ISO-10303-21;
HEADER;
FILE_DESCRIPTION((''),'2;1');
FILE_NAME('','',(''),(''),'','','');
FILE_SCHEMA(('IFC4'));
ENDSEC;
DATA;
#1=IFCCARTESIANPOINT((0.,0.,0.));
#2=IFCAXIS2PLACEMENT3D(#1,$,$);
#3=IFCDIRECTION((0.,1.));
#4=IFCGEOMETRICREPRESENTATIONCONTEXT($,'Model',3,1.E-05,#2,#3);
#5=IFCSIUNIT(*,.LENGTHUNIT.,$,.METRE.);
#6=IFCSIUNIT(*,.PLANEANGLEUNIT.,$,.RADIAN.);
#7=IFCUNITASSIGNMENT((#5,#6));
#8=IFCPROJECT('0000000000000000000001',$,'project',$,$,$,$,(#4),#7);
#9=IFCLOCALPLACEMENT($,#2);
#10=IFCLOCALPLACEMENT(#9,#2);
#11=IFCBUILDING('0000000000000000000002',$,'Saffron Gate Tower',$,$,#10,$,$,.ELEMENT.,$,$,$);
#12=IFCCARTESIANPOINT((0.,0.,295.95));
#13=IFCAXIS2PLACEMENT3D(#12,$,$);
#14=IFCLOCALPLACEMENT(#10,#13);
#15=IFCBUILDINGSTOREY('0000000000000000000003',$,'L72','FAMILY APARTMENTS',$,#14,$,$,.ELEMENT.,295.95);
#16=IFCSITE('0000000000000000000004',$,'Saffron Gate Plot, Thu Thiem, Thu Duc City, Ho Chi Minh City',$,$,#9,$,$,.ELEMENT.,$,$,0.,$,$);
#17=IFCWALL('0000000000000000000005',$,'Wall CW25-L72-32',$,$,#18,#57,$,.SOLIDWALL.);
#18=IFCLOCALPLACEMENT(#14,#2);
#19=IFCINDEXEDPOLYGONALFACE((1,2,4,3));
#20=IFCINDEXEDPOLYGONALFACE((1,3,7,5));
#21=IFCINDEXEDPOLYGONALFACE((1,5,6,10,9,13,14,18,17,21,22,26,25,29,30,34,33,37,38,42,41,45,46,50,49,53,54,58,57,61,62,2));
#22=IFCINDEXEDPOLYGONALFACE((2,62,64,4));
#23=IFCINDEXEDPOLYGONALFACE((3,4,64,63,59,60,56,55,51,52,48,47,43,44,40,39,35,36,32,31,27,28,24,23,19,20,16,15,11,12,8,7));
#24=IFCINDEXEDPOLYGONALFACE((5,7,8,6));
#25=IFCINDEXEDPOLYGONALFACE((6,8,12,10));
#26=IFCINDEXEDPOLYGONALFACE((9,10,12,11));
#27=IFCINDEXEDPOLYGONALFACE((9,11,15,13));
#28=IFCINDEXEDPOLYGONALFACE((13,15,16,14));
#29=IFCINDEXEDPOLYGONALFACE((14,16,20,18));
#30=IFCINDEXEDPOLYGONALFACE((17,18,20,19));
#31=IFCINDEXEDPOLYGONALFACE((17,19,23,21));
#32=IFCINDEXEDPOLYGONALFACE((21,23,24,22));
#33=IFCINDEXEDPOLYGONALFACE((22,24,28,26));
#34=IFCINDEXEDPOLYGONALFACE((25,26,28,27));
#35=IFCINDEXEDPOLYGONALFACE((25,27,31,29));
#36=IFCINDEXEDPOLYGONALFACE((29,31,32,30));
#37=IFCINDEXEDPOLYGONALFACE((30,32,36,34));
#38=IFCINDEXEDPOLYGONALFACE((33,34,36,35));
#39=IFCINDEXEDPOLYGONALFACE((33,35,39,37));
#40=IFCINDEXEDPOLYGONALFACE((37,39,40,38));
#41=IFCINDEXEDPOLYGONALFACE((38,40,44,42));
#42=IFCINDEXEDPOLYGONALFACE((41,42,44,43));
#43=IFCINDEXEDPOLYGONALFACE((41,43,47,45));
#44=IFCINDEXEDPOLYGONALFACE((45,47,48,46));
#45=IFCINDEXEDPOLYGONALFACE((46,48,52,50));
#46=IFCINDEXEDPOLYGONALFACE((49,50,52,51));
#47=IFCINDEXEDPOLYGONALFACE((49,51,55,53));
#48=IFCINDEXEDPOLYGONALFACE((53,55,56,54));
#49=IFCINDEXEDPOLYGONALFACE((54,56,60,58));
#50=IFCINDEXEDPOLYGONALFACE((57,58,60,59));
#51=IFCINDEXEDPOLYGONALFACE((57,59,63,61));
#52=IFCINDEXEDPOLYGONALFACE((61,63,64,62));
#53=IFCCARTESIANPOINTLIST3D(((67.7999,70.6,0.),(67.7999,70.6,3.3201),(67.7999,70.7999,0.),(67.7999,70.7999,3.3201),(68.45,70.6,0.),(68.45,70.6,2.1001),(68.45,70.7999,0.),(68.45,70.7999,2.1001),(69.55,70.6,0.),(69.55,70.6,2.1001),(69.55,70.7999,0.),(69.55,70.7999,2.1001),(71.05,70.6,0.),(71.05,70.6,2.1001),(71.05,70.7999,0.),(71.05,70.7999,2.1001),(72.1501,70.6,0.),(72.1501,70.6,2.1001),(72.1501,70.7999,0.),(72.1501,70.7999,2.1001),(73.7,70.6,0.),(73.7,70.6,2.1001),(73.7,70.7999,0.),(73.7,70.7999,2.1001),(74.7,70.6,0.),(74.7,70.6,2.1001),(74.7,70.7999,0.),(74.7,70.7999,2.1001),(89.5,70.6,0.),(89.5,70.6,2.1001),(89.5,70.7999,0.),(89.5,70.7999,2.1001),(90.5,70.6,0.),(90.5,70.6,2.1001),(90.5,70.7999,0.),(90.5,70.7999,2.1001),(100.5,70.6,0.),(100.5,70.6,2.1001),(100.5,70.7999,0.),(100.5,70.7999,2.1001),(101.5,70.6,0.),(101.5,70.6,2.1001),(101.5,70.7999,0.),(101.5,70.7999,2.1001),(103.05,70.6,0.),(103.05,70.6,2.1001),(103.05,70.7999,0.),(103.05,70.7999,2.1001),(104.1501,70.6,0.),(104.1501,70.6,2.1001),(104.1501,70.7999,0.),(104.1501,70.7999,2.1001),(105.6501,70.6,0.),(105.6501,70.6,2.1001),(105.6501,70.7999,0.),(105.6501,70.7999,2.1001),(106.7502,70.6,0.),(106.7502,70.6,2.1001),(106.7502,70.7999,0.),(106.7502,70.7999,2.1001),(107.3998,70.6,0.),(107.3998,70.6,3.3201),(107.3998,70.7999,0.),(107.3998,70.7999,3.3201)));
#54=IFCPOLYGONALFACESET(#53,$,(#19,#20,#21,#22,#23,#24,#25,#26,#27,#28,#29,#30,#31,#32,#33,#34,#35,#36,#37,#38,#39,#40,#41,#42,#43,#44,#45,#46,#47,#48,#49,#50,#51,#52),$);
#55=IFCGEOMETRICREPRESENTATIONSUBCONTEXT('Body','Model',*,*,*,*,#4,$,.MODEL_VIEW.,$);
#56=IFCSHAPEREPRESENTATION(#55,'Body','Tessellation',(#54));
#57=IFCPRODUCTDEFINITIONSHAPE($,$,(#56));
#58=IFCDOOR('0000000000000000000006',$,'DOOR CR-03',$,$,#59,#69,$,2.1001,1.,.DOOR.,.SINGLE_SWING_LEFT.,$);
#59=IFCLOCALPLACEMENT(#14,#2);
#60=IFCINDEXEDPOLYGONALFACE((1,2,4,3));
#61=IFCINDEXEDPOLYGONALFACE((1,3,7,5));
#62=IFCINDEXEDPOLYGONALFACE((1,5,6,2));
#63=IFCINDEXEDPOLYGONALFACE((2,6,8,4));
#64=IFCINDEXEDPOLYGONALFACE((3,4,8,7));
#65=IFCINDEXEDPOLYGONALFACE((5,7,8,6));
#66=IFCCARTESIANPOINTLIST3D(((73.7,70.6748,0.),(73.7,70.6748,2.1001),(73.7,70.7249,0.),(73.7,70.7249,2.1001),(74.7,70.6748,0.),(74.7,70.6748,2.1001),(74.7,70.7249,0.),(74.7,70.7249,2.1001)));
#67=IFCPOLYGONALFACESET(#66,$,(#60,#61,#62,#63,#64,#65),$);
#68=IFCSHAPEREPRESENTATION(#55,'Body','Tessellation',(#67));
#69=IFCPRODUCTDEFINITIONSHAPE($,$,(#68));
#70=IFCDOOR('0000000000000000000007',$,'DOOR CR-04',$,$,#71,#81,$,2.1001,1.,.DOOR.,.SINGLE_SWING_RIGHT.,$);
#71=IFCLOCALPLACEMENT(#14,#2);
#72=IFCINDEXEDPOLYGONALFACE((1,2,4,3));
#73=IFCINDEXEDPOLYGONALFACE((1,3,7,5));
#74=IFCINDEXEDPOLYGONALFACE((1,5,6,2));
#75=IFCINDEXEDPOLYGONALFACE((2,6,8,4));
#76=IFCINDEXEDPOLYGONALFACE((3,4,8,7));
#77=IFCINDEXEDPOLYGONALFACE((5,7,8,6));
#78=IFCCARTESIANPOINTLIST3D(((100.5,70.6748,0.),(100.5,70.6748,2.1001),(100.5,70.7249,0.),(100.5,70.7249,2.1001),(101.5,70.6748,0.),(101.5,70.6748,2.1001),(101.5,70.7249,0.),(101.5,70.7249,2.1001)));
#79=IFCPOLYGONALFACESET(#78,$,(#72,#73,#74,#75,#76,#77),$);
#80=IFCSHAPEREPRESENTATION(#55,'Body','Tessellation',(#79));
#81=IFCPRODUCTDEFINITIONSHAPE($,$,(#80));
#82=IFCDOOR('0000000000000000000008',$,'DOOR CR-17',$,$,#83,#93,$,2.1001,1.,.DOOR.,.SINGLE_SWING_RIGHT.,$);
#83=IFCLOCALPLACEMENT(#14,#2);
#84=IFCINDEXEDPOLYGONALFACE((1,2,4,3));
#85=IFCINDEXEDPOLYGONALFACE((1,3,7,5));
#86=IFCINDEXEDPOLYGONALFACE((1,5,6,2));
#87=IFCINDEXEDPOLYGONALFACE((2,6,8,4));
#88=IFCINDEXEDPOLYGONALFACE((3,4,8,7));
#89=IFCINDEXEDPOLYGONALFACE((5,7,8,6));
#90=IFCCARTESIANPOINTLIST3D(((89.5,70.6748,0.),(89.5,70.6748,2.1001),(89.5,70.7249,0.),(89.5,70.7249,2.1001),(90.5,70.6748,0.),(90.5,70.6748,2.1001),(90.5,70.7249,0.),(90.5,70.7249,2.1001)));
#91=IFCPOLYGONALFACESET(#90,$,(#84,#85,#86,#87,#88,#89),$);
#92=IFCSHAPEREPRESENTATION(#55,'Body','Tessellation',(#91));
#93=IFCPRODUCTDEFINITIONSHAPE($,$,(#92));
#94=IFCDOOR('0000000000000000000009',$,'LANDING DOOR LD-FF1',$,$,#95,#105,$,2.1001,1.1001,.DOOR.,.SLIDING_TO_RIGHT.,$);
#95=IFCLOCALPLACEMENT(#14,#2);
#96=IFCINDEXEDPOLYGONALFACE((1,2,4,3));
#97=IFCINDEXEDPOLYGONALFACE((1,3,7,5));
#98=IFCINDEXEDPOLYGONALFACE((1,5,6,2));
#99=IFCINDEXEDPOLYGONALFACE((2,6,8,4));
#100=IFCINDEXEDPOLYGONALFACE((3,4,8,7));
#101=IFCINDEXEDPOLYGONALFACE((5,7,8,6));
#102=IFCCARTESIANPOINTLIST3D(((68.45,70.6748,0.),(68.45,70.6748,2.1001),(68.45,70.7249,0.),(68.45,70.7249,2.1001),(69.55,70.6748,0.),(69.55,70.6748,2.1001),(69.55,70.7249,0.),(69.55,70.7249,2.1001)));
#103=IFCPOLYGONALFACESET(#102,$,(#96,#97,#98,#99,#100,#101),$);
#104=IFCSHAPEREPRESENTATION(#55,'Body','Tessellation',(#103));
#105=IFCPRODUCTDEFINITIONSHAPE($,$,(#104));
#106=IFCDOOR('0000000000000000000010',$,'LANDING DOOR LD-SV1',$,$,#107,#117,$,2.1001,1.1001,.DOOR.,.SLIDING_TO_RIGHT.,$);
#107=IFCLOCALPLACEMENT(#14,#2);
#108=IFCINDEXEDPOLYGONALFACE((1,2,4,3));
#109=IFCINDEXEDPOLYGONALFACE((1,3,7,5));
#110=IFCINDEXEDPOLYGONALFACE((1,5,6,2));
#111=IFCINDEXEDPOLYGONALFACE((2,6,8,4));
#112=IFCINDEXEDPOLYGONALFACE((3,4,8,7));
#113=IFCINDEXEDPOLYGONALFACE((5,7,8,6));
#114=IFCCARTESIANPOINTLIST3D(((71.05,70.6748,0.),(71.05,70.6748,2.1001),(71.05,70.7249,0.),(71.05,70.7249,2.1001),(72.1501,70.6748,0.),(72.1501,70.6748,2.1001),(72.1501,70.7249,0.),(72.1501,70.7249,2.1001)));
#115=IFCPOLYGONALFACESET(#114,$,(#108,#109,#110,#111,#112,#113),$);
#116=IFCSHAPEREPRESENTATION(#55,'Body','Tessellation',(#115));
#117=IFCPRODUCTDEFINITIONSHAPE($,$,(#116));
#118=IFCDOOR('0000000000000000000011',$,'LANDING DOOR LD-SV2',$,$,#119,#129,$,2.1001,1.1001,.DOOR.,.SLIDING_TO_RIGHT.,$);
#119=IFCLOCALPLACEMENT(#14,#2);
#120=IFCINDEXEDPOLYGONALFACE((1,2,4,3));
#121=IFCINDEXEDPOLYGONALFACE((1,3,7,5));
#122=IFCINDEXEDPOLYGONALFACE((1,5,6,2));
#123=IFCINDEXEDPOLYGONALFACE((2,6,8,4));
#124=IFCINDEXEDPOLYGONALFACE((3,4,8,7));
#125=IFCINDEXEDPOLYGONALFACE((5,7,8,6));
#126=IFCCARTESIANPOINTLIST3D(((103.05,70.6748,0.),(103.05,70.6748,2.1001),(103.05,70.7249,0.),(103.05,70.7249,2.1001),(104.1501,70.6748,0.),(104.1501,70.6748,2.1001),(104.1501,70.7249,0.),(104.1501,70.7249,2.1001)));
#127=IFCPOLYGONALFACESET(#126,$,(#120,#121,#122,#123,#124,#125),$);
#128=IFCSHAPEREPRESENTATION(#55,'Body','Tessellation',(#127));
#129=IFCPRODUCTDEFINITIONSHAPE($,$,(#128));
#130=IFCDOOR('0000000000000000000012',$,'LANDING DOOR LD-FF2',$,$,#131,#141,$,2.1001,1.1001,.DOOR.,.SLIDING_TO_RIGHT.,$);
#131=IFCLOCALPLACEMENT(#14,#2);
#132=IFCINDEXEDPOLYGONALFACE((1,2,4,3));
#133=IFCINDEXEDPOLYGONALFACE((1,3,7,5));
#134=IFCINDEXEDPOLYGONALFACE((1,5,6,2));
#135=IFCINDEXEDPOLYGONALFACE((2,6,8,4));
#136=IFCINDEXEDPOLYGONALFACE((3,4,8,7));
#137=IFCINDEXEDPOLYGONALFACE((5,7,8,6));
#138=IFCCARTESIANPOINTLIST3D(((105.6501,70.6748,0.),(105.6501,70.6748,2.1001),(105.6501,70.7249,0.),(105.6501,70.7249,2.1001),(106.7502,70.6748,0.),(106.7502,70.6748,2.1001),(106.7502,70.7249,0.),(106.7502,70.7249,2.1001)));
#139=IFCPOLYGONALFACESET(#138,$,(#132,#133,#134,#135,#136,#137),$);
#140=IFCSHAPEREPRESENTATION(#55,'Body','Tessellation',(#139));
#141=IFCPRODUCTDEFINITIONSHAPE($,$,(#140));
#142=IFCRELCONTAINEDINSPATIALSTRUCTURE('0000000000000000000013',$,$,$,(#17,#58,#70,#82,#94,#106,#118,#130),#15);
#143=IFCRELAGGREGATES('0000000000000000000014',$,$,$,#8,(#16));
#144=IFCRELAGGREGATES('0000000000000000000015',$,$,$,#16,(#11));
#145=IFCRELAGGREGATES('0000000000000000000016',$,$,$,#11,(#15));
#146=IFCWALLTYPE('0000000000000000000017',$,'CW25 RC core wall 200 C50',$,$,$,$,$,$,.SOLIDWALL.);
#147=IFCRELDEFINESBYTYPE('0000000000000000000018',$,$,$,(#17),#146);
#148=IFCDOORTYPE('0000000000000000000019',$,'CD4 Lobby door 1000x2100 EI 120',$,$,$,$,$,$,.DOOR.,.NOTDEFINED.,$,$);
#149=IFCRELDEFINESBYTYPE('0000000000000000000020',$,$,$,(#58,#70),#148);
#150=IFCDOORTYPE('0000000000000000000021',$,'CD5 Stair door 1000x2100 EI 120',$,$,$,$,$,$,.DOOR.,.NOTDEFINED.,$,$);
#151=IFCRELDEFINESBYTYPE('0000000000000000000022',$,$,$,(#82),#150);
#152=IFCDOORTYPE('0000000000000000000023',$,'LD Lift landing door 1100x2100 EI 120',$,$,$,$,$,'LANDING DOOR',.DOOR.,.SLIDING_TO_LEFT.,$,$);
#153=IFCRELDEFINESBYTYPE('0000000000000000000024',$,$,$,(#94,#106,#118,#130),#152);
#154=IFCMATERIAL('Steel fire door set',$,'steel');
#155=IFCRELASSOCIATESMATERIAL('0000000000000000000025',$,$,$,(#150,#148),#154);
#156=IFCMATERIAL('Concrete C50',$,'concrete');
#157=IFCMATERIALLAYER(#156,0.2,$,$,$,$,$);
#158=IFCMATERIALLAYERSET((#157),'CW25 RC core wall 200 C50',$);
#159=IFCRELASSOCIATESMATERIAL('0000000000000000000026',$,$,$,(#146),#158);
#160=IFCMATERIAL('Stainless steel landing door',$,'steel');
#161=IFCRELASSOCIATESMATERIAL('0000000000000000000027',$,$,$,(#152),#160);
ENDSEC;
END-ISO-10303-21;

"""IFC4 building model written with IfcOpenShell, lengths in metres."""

from ifc_helpers import new_model, si_unit, direction, frame, frame_2d, origin, place, context, subcontext, project, spatial, rectangle, extrude, material, layer, layer_set, type_object, element, fill, save


model = new_model("IFC4")

# Units and contexts
model_context = context("Model", 3, precision=1e-05, world=origin(), true_north=direction((0.0, 1.0)))
body_context = subcontext(model_context, "Body", "Model", "MODEL_VIEW")
ifc_project = project(units=[si_unit("LENGTHUNIT", "METRE"), si_unit("PLANEANGLEUNIT", "RADIAN")], contexts=[model_context])

# Site, building, storey
site_placement = place(None, origin())
site = spatial("IfcSite", under=ifc_project, at=site_placement, Name="Saffron Gate Plot, Thu Thiem, Thu Duc City, Ho Chi Minh City", CompositionType="ELEMENT", RefElevation=0.0)
building_placement = place(site_placement, origin())
building = spatial("IfcBuilding", under=site, at=building_placement, Name="Saffron Gate Tower", CompositionType="ELEMENT")
storey_placement = place(building_placement, frame((0.0, 0.0, 295.95)))
storey = spatial("IfcBuildingStorey", under=building, at=storey_placement, Name="L72", Description="FAMILY APARTMENTS", CompositionType="ELEMENT", Elevation=295.95)

# Wall, openings, doors
ifc_material_1 = material(Name="Concrete C50", Category="concrete")
ifc_material_2 = material(Name="Steel fire door set", Category="steel")
door_type_1 = type_object("IfcDoorType", Name="CD5 Stair door 1000x2100 EI 120", OperationType="NOTDEFINED", PredefinedType="DOOR", material=ifc_material_2)
ifc_layer_1 = layer(ifc_material_1, 0.2)
ifc_layer_set_1 = layer_set([ifc_layer_1], Name="CW25 RC core wall 200 C50")
wall_type_1 = type_object("IfcWallType", Name="CW25 RC core wall 200 C50", PredefinedType="SOLIDWALL", material=ifc_layer_set_1)
wall_1_placement = place(storey_placement, frame((67.8, 70.7, 0.0), z_axis=(0.0, 0.0, 1.0), x_axis=(1.0, 0.0, 0.0)))
wall_1 = element("IfcWall", 1, at=wall_1_placement, inside=storey, type_object=wall_type_1, Name="Wall CW25-L72-32", PredefinedType="SOLIDWALL", context=body_context, shape_type="SweptSolid", body=[
    extrude(rectangle(XDim=39.5999, YDim=0.2, at=frame_2d((19.7998, 0.0))), origin(), (0.0, 0.0, 1.0), 3.3201),
])
opening_1_placement = place(wall_1_placement, frame((0.6499, 0.0, 0.0)))
opening_1 = element("IfcOpeningElement", 2, at=opening_1_placement, cuts=wall_1, PredefinedType="OPENING", context=body_context, shape_type="SweptSolid", body=[
    extrude(rectangle(XDim=1.1001, YDim=2.1001, at=frame_2d((0.55, 1.05))), frame((0.0, 0.1099, 0.0), z_axis=(0.0, -1.0, 0.0), x_axis=(1.0, 0.0, 0.0)), (0.0, 0.0, 1.0), 0.22),
])
opening_2_placement = place(wall_1_placement, frame((3.25, 0.0, 0.0)))
opening_2 = element("IfcOpeningElement", 3, at=opening_2_placement, cuts=wall_1, PredefinedType="OPENING", context=body_context, shape_type="SweptSolid", body=[
    extrude(rectangle(XDim=1.1001, YDim=2.1001, at=frame_2d((0.55, 1.05))), frame((0.0, 0.1099, 0.0), z_axis=(0.0, -1.0, 0.0), x_axis=(1.0, 0.0, 0.0)), (0.0, 0.0, 1.0), 0.22),
])
opening_3_placement = place(wall_1_placement, frame((5.8999, 0.0, 0.0)))
opening_3 = element("IfcOpeningElement", 4, at=opening_3_placement, cuts=wall_1, PredefinedType="OPENING", context=body_context, shape_type="SweptSolid", body=[
    extrude(rectangle(XDim=1.0, YDim=2.1001, at=frame_2d((0.5, 1.05))), frame((0.0, 0.1099, 0.0), z_axis=(0.0, -1.0, 0.0), x_axis=(1.0, 0.0, 0.0)), (0.0, 0.0, 1.0), 0.22),
])
opening_4_placement = place(wall_1_placement, frame((21.7, 0.0, 0.0)))
opening_4 = element("IfcOpeningElement", 5, at=opening_4_placement, cuts=wall_1, PredefinedType="OPENING", context=body_context, shape_type="SweptSolid", body=[
    extrude(rectangle(XDim=1.0, YDim=2.1001, at=frame_2d((0.5, 1.05))), frame((0.0, 0.1099, 0.0), z_axis=(0.0, -1.0, 0.0), x_axis=(1.0, 0.0, 0.0)), (0.0, 0.0, 1.0), 0.22),
])
opening_5_placement = place(wall_1_placement, frame((32.7, 0.0, 0.0)))
opening_5 = element("IfcOpeningElement", 6, at=opening_5_placement, cuts=wall_1, PredefinedType="OPENING", context=body_context, shape_type="SweptSolid", body=[
    extrude(rectangle(XDim=1.0, YDim=2.1001, at=frame_2d((0.5, 1.05))), frame((0.0, 0.1099, 0.0), z_axis=(0.0, -1.0, 0.0), x_axis=(1.0, 0.0, 0.0)), (0.0, 0.0, 1.0), 0.22),
])
opening_6_placement = place(wall_1_placement, frame((35.25, 0.0, 0.0)))
opening_6 = element("IfcOpeningElement", 7, at=opening_6_placement, cuts=wall_1, PredefinedType="OPENING", context=body_context, shape_type="SweptSolid", body=[
    extrude(rectangle(XDim=1.1001, YDim=2.1001, at=frame_2d((0.55, 1.05))), frame((0.0, 0.1099, 0.0), z_axis=(0.0, -1.0, 0.0), x_axis=(1.0, 0.0, 0.0)), (0.0, 0.0, 1.0), 0.22),
])
opening_7_placement = place(wall_1_placement, frame((37.8501, 0.0, 0.0)))
opening_7 = element("IfcOpeningElement", 8, at=opening_7_placement, cuts=wall_1, PredefinedType="OPENING", context=body_context, shape_type="SweptSolid", body=[
    extrude(rectangle(XDim=1.1001, YDim=2.1001, at=frame_2d((0.55, 1.05))), frame((0.0, 0.1099, 0.0), z_axis=(0.0, -1.0, 0.0), x_axis=(1.0, 0.0, 0.0)), (0.0, 0.0, 1.0), 0.22),
])
door_type_2 = type_object("IfcDoorType", Name="CD4 Lobby door 1000x2100 EI 120", OperationType="NOTDEFINED", PredefinedType="DOOR", material=ifc_material_2)
door_1_placement = place(opening_3_placement, origin())
door_1 = element("IfcDoor", 9, at=door_1_placement, inside=storey, type_object=door_type_2, Name="DOOR CR-03", OperationType="SINGLE_SWING_LEFT", OverallHeight=2.1001, OverallWidth=1.0, PredefinedType="DOOR", context=body_context, shape_type="SweptSolid", body=[
    extrude(rectangle(XDim=1.0, YDim=2.1001, at=frame_2d((0.5, 1.05))), frame((0.0, 0.0249, 0.0), z_axis=(0.0, -1.0, 0.0), x_axis=(1.0, 0.0, 0.0)), (0.0, 0.0, 1.0), 0.05),
])
fill(opening_3, door_1)
door_2_placement = place(opening_5_placement, origin())
door_2 = element("IfcDoor", 10, at=door_2_placement, inside=storey, type_object=door_type_2, Name="DOOR CR-04", OperationType="SINGLE_SWING_RIGHT", OverallHeight=2.1001, OverallWidth=1.0, PredefinedType="DOOR", context=body_context, shape_type="SweptSolid", body=[
    extrude(rectangle(XDim=1.0, YDim=2.1001, at=frame_2d((0.5, 1.05))), frame((0.0, 0.0249, 0.0), z_axis=(0.0, -1.0, 0.0), x_axis=(1.0, 0.0, 0.0)), (0.0, 0.0, 1.0), 0.05),
])
fill(opening_5, door_2)
door_3_placement = place(opening_4_placement, origin())
door_3 = element("IfcDoor", 11, at=door_3_placement, inside=storey, type_object=door_type_1, Name="DOOR CR-17", OperationType="SINGLE_SWING_RIGHT", OverallHeight=2.1001, OverallWidth=1.0, PredefinedType="DOOR", context=body_context, shape_type="SweptSolid", body=[
    extrude(rectangle(XDim=1.0, YDim=2.1001, at=frame_2d((0.5, 1.05))), frame((0.0, 0.0249, 0.0), z_axis=(0.0, -1.0, 0.0), x_axis=(1.0, 0.0, 0.0)), (0.0, 0.0, 1.0), 0.05),
])
fill(opening_4, door_3)
ifc_material_3 = material(Name="Stainless steel landing door", Category="steel")
door_type_3 = type_object("IfcDoorType", Name="LD Lift landing door 1100x2100 EI 120", ElementType="LANDING DOOR", OperationType="SLIDING_TO_LEFT", PredefinedType="DOOR", material=ifc_material_3)
door_4_placement = place(opening_1_placement, origin())
door_4 = element("IfcDoor", 12, at=door_4_placement, inside=storey, type_object=door_type_3, Name="LANDING DOOR LD-FF1", OperationType="SLIDING_TO_RIGHT", OverallHeight=2.1001, OverallWidth=1.1001, PredefinedType="DOOR", context=body_context, shape_type="SweptSolid", body=[
    extrude(rectangle(XDim=1.1001, YDim=2.1001, at=frame_2d((0.55, 1.05))), frame((0.0, 0.0249, 0.0), z_axis=(0.0, -1.0, 0.0), x_axis=(1.0, 0.0, 0.0)), (0.0, 0.0, 1.0), 0.05),
])
fill(opening_1, door_4)
door_5_placement = place(opening_2_placement, origin())
door_5 = element("IfcDoor", 13, at=door_5_placement, inside=storey, type_object=door_type_3, Name="LANDING DOOR LD-SV1", OperationType="SLIDING_TO_RIGHT", OverallHeight=2.1001, OverallWidth=1.1001, PredefinedType="DOOR", context=body_context, shape_type="SweptSolid", body=[
    extrude(rectangle(XDim=1.1001, YDim=2.1001, at=frame_2d((0.55, 1.05))), frame((0.0, 0.0249, 0.0), z_axis=(0.0, -1.0, 0.0), x_axis=(1.0, 0.0, 0.0)), (0.0, 0.0, 1.0), 0.05),
])
fill(opening_2, door_5)
door_6_placement = place(opening_6_placement, origin())
door_6 = element("IfcDoor", 14, at=door_6_placement, inside=storey, type_object=door_type_3, Name="LANDING DOOR LD-SV2", OperationType="SLIDING_TO_RIGHT", OverallHeight=2.1001, OverallWidth=1.1001, PredefinedType="DOOR", context=body_context, shape_type="SweptSolid", body=[
    extrude(rectangle(XDim=1.1001, YDim=2.1001, at=frame_2d((0.55, 1.05))), frame((0.0, 0.0249, 0.0), z_axis=(0.0, -1.0, 0.0), x_axis=(1.0, 0.0, 0.0)), (0.0, 0.0, 1.0), 0.05),
])
fill(opening_6, door_6)
door_7_placement = place(opening_7_placement, origin())
door_7 = element("IfcDoor", 15, at=door_7_placement, inside=storey, type_object=door_type_3, Name="LANDING DOOR LD-FF2", OperationType="SLIDING_TO_RIGHT", OverallHeight=2.1001, OverallWidth=1.1001, PredefinedType="DOOR", context=body_context, shape_type="SweptSolid", body=[
    extrude(rectangle(XDim=1.1001, YDim=2.1001, at=frame_2d((0.55, 1.05))), frame((0.0, 0.0249, 0.0), z_axis=(0.0, -1.0, 0.0), x_axis=(1.0, 0.0, 0.0)), (0.0, 0.0, 1.0), 0.05),
])
fill(opening_7, door_7)

save(model, "model.ifc")
